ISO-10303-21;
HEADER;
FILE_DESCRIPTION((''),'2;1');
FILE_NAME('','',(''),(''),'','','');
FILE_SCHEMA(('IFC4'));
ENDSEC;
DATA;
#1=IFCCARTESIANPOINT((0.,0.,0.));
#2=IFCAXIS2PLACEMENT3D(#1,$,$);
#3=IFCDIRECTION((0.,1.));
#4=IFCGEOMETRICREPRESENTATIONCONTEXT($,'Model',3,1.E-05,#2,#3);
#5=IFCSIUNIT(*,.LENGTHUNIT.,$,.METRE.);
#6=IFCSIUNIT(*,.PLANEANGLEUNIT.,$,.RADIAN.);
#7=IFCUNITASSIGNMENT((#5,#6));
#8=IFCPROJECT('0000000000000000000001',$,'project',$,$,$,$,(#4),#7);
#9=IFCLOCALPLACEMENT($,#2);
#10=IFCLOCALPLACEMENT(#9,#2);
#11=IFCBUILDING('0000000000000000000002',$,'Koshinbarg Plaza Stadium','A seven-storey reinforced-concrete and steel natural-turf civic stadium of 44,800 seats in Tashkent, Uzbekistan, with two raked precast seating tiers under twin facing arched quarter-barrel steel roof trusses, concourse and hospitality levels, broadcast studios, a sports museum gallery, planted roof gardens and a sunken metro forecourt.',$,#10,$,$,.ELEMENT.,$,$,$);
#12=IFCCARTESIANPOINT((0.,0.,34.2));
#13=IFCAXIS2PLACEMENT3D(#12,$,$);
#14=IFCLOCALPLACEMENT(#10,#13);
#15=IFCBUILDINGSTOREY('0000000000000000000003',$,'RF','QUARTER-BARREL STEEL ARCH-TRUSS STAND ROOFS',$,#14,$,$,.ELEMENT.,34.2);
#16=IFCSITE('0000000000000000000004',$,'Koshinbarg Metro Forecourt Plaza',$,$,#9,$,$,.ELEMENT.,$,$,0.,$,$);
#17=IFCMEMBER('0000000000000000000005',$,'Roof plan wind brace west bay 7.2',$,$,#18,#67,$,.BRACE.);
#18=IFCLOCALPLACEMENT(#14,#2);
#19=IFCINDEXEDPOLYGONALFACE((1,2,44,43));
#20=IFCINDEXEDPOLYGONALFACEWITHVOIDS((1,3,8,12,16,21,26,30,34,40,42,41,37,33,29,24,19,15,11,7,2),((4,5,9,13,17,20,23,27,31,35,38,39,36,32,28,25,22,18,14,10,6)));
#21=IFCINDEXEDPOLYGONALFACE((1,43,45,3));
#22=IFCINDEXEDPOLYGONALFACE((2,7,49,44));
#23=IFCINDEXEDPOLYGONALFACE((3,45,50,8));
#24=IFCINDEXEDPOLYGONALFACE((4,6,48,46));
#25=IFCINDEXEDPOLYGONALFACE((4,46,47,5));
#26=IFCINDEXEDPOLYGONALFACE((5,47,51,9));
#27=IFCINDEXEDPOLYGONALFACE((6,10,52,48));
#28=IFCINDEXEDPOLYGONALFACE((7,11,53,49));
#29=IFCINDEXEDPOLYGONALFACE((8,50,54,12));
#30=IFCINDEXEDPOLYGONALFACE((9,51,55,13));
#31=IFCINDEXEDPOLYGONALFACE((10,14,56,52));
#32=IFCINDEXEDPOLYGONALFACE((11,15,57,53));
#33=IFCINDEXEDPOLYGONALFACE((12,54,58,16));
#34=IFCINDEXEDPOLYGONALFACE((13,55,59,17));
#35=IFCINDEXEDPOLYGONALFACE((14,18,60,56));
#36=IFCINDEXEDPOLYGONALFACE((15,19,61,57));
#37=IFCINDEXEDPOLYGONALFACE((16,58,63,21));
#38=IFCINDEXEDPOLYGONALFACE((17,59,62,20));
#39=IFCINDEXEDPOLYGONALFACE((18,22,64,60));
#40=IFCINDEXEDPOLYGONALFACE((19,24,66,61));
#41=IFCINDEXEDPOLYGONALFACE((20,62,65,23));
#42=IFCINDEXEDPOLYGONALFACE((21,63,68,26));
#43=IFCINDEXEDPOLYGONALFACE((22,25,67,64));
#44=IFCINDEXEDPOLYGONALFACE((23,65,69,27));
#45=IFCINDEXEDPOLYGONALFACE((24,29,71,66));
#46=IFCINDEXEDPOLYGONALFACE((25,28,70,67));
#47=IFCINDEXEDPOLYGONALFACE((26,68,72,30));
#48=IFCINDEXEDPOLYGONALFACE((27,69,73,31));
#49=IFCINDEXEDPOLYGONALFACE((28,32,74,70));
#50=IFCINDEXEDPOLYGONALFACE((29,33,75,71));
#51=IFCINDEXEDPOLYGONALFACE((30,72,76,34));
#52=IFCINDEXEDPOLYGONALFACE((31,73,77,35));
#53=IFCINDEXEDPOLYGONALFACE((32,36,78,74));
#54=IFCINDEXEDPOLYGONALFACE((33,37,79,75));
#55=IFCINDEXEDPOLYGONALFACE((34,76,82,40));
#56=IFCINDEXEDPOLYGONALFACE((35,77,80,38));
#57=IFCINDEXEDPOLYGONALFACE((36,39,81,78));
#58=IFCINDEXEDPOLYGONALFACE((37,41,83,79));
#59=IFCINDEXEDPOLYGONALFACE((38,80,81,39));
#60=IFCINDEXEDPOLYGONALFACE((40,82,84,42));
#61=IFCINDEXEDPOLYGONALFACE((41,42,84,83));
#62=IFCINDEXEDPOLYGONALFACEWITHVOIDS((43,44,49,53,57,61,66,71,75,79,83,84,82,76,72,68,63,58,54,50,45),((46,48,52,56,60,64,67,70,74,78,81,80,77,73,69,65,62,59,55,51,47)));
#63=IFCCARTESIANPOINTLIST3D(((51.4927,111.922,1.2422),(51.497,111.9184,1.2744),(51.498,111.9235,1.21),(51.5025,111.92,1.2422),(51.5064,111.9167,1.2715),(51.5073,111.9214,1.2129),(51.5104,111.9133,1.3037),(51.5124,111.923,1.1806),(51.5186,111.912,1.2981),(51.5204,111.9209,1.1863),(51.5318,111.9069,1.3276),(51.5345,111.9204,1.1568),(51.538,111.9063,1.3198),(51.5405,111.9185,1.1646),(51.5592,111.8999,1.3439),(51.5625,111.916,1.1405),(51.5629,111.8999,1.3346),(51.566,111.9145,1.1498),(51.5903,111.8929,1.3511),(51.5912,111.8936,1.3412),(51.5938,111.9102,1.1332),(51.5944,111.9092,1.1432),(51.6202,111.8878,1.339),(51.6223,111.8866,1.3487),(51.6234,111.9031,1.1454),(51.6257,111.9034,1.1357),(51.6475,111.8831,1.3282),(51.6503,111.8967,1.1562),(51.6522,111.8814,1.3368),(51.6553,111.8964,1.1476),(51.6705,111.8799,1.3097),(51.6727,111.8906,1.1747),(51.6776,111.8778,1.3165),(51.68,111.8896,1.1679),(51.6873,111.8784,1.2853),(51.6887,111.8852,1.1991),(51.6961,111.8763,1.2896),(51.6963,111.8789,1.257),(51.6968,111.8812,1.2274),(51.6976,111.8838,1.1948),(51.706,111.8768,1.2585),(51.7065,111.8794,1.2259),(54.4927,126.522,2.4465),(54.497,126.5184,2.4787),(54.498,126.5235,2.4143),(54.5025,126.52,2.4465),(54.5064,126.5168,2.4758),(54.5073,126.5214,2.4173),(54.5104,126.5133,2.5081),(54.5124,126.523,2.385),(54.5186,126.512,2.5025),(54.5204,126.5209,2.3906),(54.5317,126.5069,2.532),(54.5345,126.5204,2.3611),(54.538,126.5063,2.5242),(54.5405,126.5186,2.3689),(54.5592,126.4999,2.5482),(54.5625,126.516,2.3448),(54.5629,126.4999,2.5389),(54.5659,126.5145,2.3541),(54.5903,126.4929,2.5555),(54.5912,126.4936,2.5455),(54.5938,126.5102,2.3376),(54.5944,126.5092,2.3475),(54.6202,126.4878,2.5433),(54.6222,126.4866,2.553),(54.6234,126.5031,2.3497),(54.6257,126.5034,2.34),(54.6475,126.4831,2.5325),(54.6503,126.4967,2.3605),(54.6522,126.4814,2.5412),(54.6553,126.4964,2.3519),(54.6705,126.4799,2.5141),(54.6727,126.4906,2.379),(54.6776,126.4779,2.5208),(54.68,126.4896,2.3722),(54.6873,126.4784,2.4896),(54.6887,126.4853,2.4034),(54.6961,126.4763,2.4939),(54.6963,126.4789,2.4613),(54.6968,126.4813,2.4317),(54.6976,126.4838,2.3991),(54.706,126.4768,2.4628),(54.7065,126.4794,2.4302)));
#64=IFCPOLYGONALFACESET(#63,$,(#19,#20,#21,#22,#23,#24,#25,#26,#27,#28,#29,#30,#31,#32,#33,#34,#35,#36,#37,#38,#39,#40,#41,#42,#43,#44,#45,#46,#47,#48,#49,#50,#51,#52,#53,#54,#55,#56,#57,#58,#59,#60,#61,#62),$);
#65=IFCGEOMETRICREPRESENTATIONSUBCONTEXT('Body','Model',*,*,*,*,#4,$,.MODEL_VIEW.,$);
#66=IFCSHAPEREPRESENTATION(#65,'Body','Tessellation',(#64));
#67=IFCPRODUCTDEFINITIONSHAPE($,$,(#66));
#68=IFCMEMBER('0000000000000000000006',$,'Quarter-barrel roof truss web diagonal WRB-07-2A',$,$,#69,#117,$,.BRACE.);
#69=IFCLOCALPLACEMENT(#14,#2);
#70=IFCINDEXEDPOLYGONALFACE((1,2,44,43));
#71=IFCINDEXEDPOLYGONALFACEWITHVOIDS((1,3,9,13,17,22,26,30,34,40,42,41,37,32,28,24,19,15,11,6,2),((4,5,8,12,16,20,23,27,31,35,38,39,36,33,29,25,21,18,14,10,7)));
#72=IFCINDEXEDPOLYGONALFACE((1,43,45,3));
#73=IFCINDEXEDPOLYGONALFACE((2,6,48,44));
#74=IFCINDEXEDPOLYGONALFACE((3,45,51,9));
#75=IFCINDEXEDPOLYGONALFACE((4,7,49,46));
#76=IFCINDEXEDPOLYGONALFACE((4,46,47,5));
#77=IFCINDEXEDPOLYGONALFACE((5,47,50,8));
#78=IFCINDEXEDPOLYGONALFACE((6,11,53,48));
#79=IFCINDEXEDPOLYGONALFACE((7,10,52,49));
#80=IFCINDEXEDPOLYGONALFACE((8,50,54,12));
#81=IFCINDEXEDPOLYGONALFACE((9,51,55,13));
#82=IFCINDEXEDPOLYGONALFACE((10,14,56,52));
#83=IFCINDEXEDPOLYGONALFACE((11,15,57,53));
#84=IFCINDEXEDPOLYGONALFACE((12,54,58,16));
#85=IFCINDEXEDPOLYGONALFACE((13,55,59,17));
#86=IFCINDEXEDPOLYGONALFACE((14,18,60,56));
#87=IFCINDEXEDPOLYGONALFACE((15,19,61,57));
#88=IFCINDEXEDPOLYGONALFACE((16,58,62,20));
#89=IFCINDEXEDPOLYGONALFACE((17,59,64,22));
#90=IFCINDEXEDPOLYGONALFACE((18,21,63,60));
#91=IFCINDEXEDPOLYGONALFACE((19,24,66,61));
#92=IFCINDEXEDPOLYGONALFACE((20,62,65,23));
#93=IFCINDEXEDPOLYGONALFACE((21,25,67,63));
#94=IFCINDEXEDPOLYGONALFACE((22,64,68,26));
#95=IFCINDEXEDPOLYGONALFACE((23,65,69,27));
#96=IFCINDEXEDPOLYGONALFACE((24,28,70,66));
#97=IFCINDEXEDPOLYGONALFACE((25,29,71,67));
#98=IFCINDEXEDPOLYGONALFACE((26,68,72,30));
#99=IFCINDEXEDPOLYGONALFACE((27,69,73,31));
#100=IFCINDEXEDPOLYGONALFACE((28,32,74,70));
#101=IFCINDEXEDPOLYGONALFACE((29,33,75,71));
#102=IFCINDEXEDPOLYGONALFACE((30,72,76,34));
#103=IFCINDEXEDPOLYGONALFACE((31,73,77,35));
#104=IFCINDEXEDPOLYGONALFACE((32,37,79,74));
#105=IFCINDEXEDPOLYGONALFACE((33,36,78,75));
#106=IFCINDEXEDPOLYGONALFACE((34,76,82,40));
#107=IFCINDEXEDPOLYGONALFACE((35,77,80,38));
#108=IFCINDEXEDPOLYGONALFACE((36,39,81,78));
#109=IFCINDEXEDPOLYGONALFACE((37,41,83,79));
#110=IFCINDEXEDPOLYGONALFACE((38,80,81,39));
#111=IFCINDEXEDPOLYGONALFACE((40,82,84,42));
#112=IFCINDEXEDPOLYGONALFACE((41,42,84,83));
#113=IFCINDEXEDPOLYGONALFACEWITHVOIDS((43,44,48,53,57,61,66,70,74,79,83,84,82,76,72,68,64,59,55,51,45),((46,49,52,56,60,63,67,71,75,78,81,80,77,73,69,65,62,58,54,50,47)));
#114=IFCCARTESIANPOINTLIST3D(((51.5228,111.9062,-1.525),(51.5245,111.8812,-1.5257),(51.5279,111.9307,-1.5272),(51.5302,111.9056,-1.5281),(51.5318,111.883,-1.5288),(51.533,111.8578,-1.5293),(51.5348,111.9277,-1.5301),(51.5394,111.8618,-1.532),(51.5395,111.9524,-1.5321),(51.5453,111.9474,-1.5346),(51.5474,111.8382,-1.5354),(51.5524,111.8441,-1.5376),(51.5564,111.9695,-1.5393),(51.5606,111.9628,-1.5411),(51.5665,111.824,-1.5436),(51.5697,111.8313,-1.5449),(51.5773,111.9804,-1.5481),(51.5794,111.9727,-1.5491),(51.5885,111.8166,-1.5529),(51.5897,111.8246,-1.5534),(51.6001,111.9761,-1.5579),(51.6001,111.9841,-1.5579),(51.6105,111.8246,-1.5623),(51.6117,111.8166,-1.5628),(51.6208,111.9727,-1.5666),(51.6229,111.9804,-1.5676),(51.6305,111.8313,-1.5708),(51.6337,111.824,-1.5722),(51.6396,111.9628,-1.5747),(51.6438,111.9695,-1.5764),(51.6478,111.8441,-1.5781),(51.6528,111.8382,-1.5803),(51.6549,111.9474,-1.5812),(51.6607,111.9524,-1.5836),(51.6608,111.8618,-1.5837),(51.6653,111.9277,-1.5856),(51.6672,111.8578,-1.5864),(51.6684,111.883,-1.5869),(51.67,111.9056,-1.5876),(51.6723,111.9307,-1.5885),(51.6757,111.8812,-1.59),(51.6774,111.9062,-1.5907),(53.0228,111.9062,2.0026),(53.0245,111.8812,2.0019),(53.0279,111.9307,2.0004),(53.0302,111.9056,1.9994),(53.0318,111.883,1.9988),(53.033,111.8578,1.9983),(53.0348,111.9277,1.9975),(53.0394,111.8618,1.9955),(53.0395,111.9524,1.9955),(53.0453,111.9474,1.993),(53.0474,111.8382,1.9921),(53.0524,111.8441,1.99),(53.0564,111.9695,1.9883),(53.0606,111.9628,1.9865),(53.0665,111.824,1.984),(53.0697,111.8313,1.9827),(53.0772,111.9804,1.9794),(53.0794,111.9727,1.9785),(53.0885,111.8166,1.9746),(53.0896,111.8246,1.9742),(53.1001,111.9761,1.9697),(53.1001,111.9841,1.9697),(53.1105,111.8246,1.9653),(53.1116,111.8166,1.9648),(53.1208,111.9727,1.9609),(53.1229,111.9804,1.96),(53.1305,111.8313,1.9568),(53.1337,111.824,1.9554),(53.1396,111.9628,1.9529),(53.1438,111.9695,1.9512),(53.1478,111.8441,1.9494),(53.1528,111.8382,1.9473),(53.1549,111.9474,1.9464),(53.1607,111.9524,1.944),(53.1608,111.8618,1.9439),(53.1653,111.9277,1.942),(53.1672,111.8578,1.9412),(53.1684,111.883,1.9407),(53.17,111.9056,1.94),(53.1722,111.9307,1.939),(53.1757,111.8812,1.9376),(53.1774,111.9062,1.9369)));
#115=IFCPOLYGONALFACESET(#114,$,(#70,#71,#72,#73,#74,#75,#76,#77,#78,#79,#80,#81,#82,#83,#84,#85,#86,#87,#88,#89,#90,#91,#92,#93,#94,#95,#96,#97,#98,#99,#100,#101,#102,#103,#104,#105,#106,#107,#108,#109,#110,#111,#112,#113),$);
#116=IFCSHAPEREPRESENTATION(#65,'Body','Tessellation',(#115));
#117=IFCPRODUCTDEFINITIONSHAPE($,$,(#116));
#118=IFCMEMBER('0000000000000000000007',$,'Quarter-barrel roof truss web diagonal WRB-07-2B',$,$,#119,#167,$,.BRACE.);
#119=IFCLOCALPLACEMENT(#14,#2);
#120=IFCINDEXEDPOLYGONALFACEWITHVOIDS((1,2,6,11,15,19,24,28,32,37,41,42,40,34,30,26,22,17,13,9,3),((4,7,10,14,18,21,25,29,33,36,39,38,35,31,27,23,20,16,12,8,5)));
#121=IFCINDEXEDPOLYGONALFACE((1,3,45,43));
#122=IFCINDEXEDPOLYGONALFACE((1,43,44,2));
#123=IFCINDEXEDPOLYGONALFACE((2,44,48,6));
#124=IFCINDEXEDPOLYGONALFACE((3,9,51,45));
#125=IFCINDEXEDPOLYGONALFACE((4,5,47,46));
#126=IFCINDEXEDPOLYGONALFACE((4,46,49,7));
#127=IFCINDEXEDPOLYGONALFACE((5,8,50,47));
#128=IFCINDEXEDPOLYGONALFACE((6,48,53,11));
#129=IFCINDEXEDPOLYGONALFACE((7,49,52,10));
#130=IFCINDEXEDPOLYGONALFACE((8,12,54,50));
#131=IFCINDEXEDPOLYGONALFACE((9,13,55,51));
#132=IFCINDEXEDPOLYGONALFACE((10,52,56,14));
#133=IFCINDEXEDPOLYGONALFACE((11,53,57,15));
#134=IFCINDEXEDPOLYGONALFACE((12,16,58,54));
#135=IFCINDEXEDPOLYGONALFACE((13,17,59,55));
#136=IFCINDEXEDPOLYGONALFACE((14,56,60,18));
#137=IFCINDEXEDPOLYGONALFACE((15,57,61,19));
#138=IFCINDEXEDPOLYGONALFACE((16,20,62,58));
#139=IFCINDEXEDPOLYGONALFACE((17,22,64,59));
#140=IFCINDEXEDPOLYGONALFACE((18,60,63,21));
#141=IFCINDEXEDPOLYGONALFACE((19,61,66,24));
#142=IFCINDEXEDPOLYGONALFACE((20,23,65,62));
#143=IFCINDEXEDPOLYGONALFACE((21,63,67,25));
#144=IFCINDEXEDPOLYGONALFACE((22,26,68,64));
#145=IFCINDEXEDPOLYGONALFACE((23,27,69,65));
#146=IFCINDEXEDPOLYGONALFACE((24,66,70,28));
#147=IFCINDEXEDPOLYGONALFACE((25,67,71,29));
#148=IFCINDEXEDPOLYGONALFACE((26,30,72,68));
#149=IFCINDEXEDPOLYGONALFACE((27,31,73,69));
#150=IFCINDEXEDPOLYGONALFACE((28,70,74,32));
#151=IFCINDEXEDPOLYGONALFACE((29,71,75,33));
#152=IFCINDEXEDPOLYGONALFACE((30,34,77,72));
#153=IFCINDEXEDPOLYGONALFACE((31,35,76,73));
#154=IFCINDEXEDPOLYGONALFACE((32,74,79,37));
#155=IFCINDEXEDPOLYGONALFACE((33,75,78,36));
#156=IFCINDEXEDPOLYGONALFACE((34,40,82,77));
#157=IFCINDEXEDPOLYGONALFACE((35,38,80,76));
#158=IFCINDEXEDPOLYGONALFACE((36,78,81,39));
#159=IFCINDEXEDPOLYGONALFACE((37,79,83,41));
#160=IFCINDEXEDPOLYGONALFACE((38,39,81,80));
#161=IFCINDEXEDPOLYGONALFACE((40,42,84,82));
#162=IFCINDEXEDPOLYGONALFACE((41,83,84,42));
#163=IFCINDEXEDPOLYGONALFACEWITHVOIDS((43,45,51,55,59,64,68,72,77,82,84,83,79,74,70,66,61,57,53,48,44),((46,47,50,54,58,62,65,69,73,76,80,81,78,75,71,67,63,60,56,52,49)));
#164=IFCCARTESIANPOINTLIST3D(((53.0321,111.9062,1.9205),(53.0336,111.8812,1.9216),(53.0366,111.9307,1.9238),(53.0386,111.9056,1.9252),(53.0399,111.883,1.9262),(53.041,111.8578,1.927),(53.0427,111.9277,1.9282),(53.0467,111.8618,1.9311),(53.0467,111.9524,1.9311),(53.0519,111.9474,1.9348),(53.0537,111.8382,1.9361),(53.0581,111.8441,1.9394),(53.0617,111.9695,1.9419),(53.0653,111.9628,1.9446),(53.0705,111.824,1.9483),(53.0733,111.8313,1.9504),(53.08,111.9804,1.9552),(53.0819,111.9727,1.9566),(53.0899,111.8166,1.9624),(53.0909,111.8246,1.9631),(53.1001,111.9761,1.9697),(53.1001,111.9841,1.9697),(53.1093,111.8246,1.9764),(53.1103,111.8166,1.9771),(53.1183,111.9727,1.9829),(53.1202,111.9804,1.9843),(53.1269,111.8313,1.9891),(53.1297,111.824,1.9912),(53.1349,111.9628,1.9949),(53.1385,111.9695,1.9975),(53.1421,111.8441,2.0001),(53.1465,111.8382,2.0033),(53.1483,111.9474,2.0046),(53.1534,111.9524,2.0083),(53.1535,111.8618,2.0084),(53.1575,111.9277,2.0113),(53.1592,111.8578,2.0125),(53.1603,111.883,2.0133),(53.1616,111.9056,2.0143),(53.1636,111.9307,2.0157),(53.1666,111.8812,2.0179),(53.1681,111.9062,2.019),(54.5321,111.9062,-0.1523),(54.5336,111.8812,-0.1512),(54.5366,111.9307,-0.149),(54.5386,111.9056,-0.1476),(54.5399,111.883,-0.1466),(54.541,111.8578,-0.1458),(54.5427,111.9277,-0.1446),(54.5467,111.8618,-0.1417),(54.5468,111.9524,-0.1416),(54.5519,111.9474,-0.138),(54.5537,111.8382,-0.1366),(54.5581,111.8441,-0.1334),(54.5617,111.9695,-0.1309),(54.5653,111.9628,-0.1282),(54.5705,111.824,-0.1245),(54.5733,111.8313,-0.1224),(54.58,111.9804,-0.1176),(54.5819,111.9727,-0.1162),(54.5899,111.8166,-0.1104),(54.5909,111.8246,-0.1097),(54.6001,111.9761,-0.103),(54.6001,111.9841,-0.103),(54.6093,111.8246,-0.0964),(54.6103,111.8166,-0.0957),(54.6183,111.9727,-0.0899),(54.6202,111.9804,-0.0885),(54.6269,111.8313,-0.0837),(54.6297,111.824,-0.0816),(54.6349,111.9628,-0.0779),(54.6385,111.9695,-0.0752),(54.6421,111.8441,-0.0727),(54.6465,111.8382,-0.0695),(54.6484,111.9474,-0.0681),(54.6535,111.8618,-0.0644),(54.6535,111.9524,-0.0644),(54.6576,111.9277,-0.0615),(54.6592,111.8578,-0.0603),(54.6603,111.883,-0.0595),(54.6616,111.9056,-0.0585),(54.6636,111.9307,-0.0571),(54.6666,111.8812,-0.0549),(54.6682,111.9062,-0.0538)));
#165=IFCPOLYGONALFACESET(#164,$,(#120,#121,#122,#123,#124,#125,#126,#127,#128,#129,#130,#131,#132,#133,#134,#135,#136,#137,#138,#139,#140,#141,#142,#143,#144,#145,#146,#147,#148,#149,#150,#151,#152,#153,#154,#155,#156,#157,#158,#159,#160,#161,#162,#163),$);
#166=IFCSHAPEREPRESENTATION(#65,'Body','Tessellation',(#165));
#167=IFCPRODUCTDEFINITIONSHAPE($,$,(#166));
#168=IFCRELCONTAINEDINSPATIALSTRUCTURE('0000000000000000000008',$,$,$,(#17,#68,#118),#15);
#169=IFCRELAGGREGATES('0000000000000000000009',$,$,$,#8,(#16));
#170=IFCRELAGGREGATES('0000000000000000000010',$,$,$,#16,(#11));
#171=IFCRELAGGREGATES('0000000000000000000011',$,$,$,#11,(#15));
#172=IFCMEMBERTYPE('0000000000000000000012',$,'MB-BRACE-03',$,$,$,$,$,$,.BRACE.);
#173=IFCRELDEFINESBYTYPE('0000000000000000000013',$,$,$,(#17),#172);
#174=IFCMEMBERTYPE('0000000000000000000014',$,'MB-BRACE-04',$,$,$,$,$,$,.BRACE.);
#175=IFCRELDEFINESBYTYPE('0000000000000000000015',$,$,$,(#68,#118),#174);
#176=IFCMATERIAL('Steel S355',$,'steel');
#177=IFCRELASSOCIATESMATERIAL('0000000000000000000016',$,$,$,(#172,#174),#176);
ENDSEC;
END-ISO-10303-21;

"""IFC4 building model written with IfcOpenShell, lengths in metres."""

from ifc_helpers import new_model, si_unit, direction, frame, origin, origin_2d, place, context, subcontext, project, spatial, hollow_circle, extrude, material, material_profile, profile_set, type_object, element, save


model = new_model("IFC4")

# Units and contexts
model_context = context("Model", 3, precision=1e-05, world=origin(), true_north=direction((0.0, 1.0)))
body_context = subcontext(model_context, "Body", "Model", "MODEL_VIEW")
ifc_project = project(units=[si_unit("LENGTHUNIT", "METRE"), si_unit("PLANEANGLEUNIT", "RADIAN")], contexts=[model_context])

# Site, building, storey
site_placement = place(None, origin())
site = spatial("IfcSite", under=ifc_project, at=site_placement, Name="Koshinbarg Metro Forecourt Plaza", CompositionType="ELEMENT", RefElevation=0.0)
building_placement = place(site_placement, origin())
building = spatial("IfcBuilding", under=site, at=building_placement, Name="Koshinbarg Plaza Stadium", Description="A seven-storey reinforced-concrete and steel natural-turf civic stadium of 44,800 seats in Tashkent, Uzbekistan, with two raked precast seating tiers under twin facing arched quarter-barrel steel roof trusses, concourse and hospitality levels, broadcast studios, a sports museum gallery, planted roof gardens and a sunken metro forecourt.", CompositionType="ELEMENT")
storey_placement = place(building_placement, frame((0.0, 0.0, 34.2)))
storey = spatial("IfcBuildingStorey", under=building, at=storey_placement, Name="RF", Description="QUARTER-BARREL STEEL ARCH-TRUSS STAND ROOFS", CompositionType="ELEMENT", Elevation=34.2)

# Shared definitions
ifc_material_1 = material(Name="Steel S355", Category="steel")

# Members
ifc_material_profile_1 = material_profile(ifc_material_1, hollow_circle(Radius=0.1096, WallThickness=0.01, at=origin_2d()), Name="CHS 219.1x10")
ifc_profile_set_1 = profile_set([ifc_material_profile_1], Name="Steel S355")
member_type_1 = type_object("IfcMemberType", Name="MB-BRACE-03", PredefinedType="BRACE", material=ifc_profile_set_1)
member_1_placement = place(storey_placement, frame((51.6001, 111.8999, 1.2422), z_axis=(0.200619, 0.976353, 0.080538), x_axis=(-0.979535, 0.201273, 0.0)))
element("IfcMember", 1, at=member_1_placement, inside=storey, type_object=member_type_1, Name="Roof plan wind brace west bay 7.2", PredefinedType="BRACE", context=body_context, shape_type="SweptSolid", body=[
    extrude(hollow_circle(Radius=0.1096, WallThickness=0.01, at=origin_2d()), origin(), (0.0, 0.0, 1.0), 14.9536),
])
ifc_material_profile_2 = material_profile(ifc_material_1, hollow_circle(Radius=0.0842, WallThickness=0.0081, at=origin_2d()), Name="CHS 168.3x8")
ifc_profile_set_2 = profile_set([ifc_material_profile_2], Name="Steel S355")
member_type_2 = type_object("IfcMemberType", Name="MB-BRACE-04", PredefinedType="BRACE", material=ifc_profile_set_2)
member_2_placement = place(storey_placement, frame((51.6001, 111.8999, -1.5579), z_axis=(0.391312, 0.0, 0.920258), x_axis=(0.0, 1.0, 0.0)))
element("IfcMember", 2, at=member_2_placement, inside=storey, type_object=member_type_2, Name="Quarter-barrel roof truss web diagonal WRB-07-2A", PredefinedType="BRACE", context=body_context, shape_type="SweptSolid", body=[
    extrude(hollow_circle(Radius=0.0842, WallThickness=0.0081, at=origin_2d()), origin(), (0.0, 0.0, 1.0), 3.8333),
])
member_3_placement = place(storey_placement, frame((53.1001, 111.8999, 1.9697), z_axis=(0.586264, 0.0, -0.81012), x_axis=(0.0, 1.0, 0.0)))
element("IfcMember", 3, at=member_3_placement, inside=storey, type_object=member_type_2, Name="Quarter-barrel roof truss web diagonal WRB-07-2B", PredefinedType="BRACE", context=body_context, shape_type="SweptSolid", body=[
    extrude(hollow_circle(Radius=0.0842, WallThickness=0.0081, at=origin_2d()), origin(), (0.0, 0.0, 1.0), 2.5586),
])

save(model, "model.ifc")
